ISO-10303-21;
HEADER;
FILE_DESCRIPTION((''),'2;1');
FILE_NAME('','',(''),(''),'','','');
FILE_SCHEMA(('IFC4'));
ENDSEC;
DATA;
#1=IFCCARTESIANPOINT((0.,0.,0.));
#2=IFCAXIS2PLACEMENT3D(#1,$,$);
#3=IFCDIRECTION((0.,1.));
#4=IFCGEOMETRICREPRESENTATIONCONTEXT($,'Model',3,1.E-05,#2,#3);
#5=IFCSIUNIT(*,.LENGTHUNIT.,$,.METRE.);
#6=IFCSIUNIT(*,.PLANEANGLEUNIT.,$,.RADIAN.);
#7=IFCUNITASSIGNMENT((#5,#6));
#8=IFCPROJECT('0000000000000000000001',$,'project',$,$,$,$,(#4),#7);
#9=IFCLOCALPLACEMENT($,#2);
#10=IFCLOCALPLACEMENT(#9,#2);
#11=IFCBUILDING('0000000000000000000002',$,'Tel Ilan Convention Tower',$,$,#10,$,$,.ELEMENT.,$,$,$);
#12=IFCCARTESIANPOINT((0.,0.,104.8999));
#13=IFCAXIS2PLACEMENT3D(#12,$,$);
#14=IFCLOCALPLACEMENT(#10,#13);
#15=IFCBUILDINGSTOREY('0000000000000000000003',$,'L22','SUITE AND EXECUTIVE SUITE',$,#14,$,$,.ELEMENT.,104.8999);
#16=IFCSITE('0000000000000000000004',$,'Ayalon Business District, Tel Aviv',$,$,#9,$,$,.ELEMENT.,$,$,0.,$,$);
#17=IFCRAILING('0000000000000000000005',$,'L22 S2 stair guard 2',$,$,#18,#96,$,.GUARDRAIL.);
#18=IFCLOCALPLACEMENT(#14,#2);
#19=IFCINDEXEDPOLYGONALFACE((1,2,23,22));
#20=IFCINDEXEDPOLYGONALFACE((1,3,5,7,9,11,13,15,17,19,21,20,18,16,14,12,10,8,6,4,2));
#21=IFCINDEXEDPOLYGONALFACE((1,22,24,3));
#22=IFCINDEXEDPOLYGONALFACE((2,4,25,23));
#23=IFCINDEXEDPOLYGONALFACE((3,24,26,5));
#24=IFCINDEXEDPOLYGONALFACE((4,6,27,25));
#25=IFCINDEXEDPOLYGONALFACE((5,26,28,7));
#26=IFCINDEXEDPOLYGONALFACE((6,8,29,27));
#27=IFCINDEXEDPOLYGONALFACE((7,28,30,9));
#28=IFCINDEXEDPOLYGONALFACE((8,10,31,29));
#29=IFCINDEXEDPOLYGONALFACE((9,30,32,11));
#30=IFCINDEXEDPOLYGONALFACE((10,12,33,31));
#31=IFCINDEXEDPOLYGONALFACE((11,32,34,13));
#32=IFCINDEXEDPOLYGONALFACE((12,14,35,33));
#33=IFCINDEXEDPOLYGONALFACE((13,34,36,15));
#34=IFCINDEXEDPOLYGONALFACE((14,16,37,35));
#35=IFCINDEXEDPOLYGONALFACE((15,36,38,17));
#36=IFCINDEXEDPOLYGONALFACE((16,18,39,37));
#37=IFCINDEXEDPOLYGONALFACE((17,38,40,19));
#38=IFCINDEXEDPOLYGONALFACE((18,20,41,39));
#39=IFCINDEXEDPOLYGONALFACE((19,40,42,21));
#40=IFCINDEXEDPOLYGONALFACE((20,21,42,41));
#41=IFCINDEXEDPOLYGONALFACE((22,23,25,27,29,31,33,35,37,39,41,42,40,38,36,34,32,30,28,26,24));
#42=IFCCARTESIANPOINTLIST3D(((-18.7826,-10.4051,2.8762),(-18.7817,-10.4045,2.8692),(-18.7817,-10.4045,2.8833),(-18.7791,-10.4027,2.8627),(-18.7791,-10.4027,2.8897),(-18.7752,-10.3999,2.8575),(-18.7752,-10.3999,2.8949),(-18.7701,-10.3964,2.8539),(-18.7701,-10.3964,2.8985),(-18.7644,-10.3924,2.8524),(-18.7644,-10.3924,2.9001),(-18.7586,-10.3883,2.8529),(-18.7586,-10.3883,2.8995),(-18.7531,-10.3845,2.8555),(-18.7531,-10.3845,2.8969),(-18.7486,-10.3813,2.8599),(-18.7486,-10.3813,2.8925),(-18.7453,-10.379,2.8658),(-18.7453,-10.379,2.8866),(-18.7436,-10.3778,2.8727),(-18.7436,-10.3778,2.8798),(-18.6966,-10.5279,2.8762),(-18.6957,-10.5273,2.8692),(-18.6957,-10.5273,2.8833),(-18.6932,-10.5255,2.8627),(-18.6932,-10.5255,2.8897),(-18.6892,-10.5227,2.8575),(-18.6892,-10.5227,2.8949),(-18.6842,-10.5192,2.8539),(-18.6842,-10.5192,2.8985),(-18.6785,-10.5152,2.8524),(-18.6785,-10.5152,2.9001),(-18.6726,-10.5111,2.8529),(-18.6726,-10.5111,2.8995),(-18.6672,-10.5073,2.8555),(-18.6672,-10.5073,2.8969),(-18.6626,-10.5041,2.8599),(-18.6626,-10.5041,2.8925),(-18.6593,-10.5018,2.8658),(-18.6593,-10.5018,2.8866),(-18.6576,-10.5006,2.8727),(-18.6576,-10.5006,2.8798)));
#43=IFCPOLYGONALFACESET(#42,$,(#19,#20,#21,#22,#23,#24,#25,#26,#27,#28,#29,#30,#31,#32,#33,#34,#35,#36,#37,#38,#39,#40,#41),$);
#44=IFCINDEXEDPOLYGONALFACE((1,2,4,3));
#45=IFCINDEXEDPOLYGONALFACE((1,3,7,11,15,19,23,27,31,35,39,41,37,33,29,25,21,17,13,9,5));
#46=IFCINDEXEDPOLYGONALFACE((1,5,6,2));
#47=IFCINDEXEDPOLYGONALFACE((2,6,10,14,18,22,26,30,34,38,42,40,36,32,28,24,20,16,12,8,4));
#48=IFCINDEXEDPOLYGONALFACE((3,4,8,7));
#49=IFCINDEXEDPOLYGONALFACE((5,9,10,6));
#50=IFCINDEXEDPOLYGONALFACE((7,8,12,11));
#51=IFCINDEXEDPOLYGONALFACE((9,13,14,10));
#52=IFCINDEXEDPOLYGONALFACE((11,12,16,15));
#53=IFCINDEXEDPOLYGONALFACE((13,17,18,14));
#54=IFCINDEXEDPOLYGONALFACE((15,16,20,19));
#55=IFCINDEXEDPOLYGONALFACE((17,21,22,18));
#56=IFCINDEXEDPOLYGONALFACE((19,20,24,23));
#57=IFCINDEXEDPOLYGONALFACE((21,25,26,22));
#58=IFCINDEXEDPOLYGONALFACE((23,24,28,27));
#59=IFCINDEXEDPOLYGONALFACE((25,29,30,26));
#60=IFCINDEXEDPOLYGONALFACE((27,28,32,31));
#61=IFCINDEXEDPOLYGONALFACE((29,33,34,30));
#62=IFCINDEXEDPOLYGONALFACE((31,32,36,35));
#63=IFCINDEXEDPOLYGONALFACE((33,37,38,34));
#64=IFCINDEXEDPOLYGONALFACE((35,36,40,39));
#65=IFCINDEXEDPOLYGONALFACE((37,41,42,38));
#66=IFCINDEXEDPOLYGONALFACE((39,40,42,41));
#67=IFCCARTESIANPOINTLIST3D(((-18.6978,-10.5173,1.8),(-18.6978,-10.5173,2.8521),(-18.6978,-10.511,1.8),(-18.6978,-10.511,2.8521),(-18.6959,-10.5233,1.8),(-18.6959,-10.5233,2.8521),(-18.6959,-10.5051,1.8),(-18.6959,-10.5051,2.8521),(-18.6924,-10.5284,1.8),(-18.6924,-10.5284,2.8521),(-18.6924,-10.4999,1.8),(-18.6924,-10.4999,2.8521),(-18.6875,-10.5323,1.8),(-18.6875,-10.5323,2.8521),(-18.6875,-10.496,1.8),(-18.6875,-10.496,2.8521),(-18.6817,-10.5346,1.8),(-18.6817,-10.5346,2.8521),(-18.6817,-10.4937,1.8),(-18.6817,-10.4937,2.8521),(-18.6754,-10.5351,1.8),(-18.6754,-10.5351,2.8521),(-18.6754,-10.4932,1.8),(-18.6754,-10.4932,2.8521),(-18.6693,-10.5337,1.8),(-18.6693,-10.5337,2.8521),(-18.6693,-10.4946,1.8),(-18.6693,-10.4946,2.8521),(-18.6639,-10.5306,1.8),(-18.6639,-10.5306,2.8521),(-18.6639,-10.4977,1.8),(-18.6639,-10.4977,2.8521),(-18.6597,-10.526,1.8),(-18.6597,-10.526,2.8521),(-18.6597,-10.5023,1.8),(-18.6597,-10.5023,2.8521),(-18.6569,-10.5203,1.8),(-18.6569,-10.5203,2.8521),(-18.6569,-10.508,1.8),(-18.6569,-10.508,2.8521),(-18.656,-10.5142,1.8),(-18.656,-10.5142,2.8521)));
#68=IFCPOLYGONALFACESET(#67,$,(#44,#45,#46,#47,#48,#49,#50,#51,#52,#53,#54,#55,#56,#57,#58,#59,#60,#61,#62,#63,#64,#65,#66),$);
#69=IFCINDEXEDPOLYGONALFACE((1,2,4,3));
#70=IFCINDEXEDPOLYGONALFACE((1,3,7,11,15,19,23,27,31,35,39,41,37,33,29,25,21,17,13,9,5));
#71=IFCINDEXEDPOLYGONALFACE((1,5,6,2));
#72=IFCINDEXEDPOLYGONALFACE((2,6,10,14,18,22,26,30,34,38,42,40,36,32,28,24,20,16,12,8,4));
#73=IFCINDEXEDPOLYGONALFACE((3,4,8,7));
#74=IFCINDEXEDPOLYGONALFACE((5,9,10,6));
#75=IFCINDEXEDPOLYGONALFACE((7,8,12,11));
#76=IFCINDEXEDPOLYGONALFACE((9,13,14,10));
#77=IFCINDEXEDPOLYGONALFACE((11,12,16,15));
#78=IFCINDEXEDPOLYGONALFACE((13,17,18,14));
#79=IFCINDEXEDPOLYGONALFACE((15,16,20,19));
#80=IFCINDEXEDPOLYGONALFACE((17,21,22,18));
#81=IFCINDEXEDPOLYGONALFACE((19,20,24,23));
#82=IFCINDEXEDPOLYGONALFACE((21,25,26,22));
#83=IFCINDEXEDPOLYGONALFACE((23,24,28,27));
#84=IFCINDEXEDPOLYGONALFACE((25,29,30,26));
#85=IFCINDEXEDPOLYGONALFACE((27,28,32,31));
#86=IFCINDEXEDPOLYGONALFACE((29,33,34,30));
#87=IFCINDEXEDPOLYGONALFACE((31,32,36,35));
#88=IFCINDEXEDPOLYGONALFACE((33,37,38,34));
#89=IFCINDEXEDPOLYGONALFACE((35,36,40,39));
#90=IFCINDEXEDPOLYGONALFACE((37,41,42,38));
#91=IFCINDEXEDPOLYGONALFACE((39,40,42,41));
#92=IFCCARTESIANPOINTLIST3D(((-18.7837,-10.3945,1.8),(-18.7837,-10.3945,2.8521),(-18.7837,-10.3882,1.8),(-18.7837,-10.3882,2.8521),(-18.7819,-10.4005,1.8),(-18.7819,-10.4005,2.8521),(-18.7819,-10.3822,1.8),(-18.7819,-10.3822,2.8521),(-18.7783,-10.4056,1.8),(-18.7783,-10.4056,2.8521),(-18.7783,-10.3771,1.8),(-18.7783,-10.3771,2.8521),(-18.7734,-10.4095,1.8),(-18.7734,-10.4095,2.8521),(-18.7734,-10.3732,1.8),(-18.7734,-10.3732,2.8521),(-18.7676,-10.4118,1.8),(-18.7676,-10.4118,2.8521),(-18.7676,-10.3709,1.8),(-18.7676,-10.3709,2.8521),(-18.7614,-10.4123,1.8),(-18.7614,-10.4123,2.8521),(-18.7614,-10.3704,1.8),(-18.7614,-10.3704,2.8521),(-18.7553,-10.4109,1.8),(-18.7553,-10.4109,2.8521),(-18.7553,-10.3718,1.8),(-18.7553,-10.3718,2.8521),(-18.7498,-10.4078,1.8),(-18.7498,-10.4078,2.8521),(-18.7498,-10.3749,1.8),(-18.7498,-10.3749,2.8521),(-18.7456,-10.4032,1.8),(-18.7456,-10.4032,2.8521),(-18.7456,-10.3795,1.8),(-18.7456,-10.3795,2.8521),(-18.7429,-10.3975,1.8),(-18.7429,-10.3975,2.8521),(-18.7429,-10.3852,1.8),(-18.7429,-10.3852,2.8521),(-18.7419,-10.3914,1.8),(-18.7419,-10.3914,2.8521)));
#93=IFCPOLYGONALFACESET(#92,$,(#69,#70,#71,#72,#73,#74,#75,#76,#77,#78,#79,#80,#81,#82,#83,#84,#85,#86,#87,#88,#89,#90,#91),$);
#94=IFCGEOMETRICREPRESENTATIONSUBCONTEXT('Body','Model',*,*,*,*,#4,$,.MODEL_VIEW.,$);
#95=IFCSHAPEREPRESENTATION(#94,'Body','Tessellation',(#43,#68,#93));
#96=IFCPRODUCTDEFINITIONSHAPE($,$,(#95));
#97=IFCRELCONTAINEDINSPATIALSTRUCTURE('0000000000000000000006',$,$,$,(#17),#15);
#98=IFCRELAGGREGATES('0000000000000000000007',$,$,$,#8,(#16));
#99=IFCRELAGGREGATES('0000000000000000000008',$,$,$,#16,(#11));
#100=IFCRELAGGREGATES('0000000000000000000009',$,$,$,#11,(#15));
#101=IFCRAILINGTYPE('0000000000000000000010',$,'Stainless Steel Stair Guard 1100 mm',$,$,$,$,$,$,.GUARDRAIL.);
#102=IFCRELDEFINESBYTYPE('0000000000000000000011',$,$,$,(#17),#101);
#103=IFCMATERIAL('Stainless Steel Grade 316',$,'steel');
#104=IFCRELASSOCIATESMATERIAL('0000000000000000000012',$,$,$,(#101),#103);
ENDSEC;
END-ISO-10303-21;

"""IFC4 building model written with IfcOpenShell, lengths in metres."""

from ifc_helpers import new_model, si_unit, direction, frame, origin, origin_2d, place, context, subcontext, project, spatial, circle, extrude, material, type_object, element, save


model = new_model("IFC4")

# Units and contexts
model_context = context("Model", 3, precision=1e-05, world=origin(), true_north=direction((0.0, 1.0)))
body_context = subcontext(model_context, "Body", "Model", "MODEL_VIEW")
ifc_project = project(units=[si_unit("LENGTHUNIT", "METRE"), si_unit("PLANEANGLEUNIT", "RADIAN")], contexts=[model_context])

# Site, building, storey
site_placement = place(None, origin())
site = spatial("IfcSite", under=ifc_project, at=site_placement, Name="Ayalon Business District, Tel Aviv", CompositionType="ELEMENT", RefElevation=0.0)
building_placement = place(site_placement, origin())
building = spatial("IfcBuilding", under=site, at=building_placement, Name="Tel Ilan Convention Tower", CompositionType="ELEMENT")
storey_placement = place(building_placement, frame((0.0, 0.0, 104.8999)))
storey = spatial("IfcBuildingStorey", under=building, at=storey_placement, Name="L22", Description="SUITE AND EXECUTIVE SUITE", CompositionType="ELEMENT", Elevation=104.8999)

# Railing
ifc_material_1 = material(Name="Stainless Steel Grade 316", Category="steel")
railing_type_1 = type_object("IfcRailingType", Name="Stainless Steel Stair Guard 1100 mm", PredefinedType="GUARDRAIL", material=ifc_material_1)
railing_1_placement = place(storey_placement, frame((-18.677, -10.5142, 1.8)))
element("IfcRailing", 1, at=railing_1_placement, inside=storey, type_object=railing_type_1, Name="L22 S2 stair guard 2", PredefinedType="GUARDRAIL", context=body_context, shape_type="SweptSolid", body=[
    extrude(circle(Radius=0.0239, at=origin_2d()), frame((0.0, 0.0, 1.0762), z_axis=(-0.573353, 0.819308, 0.0), x_axis=(-0.819308, -0.573353, 0.0)), (0.0, 0.0, 1.0), 0.1499),
    extrude(circle(Radius=0.021, at=origin_2d()), origin(), (0.0, 0.0, 1.0), 1.052),
    extrude(circle(Radius=0.021, at=origin_2d()), frame((-0.0859, 0.1228, 0.0)), (0.0, 0.0, 1.0), 1.052),
])

save(model, "model.ifc")
